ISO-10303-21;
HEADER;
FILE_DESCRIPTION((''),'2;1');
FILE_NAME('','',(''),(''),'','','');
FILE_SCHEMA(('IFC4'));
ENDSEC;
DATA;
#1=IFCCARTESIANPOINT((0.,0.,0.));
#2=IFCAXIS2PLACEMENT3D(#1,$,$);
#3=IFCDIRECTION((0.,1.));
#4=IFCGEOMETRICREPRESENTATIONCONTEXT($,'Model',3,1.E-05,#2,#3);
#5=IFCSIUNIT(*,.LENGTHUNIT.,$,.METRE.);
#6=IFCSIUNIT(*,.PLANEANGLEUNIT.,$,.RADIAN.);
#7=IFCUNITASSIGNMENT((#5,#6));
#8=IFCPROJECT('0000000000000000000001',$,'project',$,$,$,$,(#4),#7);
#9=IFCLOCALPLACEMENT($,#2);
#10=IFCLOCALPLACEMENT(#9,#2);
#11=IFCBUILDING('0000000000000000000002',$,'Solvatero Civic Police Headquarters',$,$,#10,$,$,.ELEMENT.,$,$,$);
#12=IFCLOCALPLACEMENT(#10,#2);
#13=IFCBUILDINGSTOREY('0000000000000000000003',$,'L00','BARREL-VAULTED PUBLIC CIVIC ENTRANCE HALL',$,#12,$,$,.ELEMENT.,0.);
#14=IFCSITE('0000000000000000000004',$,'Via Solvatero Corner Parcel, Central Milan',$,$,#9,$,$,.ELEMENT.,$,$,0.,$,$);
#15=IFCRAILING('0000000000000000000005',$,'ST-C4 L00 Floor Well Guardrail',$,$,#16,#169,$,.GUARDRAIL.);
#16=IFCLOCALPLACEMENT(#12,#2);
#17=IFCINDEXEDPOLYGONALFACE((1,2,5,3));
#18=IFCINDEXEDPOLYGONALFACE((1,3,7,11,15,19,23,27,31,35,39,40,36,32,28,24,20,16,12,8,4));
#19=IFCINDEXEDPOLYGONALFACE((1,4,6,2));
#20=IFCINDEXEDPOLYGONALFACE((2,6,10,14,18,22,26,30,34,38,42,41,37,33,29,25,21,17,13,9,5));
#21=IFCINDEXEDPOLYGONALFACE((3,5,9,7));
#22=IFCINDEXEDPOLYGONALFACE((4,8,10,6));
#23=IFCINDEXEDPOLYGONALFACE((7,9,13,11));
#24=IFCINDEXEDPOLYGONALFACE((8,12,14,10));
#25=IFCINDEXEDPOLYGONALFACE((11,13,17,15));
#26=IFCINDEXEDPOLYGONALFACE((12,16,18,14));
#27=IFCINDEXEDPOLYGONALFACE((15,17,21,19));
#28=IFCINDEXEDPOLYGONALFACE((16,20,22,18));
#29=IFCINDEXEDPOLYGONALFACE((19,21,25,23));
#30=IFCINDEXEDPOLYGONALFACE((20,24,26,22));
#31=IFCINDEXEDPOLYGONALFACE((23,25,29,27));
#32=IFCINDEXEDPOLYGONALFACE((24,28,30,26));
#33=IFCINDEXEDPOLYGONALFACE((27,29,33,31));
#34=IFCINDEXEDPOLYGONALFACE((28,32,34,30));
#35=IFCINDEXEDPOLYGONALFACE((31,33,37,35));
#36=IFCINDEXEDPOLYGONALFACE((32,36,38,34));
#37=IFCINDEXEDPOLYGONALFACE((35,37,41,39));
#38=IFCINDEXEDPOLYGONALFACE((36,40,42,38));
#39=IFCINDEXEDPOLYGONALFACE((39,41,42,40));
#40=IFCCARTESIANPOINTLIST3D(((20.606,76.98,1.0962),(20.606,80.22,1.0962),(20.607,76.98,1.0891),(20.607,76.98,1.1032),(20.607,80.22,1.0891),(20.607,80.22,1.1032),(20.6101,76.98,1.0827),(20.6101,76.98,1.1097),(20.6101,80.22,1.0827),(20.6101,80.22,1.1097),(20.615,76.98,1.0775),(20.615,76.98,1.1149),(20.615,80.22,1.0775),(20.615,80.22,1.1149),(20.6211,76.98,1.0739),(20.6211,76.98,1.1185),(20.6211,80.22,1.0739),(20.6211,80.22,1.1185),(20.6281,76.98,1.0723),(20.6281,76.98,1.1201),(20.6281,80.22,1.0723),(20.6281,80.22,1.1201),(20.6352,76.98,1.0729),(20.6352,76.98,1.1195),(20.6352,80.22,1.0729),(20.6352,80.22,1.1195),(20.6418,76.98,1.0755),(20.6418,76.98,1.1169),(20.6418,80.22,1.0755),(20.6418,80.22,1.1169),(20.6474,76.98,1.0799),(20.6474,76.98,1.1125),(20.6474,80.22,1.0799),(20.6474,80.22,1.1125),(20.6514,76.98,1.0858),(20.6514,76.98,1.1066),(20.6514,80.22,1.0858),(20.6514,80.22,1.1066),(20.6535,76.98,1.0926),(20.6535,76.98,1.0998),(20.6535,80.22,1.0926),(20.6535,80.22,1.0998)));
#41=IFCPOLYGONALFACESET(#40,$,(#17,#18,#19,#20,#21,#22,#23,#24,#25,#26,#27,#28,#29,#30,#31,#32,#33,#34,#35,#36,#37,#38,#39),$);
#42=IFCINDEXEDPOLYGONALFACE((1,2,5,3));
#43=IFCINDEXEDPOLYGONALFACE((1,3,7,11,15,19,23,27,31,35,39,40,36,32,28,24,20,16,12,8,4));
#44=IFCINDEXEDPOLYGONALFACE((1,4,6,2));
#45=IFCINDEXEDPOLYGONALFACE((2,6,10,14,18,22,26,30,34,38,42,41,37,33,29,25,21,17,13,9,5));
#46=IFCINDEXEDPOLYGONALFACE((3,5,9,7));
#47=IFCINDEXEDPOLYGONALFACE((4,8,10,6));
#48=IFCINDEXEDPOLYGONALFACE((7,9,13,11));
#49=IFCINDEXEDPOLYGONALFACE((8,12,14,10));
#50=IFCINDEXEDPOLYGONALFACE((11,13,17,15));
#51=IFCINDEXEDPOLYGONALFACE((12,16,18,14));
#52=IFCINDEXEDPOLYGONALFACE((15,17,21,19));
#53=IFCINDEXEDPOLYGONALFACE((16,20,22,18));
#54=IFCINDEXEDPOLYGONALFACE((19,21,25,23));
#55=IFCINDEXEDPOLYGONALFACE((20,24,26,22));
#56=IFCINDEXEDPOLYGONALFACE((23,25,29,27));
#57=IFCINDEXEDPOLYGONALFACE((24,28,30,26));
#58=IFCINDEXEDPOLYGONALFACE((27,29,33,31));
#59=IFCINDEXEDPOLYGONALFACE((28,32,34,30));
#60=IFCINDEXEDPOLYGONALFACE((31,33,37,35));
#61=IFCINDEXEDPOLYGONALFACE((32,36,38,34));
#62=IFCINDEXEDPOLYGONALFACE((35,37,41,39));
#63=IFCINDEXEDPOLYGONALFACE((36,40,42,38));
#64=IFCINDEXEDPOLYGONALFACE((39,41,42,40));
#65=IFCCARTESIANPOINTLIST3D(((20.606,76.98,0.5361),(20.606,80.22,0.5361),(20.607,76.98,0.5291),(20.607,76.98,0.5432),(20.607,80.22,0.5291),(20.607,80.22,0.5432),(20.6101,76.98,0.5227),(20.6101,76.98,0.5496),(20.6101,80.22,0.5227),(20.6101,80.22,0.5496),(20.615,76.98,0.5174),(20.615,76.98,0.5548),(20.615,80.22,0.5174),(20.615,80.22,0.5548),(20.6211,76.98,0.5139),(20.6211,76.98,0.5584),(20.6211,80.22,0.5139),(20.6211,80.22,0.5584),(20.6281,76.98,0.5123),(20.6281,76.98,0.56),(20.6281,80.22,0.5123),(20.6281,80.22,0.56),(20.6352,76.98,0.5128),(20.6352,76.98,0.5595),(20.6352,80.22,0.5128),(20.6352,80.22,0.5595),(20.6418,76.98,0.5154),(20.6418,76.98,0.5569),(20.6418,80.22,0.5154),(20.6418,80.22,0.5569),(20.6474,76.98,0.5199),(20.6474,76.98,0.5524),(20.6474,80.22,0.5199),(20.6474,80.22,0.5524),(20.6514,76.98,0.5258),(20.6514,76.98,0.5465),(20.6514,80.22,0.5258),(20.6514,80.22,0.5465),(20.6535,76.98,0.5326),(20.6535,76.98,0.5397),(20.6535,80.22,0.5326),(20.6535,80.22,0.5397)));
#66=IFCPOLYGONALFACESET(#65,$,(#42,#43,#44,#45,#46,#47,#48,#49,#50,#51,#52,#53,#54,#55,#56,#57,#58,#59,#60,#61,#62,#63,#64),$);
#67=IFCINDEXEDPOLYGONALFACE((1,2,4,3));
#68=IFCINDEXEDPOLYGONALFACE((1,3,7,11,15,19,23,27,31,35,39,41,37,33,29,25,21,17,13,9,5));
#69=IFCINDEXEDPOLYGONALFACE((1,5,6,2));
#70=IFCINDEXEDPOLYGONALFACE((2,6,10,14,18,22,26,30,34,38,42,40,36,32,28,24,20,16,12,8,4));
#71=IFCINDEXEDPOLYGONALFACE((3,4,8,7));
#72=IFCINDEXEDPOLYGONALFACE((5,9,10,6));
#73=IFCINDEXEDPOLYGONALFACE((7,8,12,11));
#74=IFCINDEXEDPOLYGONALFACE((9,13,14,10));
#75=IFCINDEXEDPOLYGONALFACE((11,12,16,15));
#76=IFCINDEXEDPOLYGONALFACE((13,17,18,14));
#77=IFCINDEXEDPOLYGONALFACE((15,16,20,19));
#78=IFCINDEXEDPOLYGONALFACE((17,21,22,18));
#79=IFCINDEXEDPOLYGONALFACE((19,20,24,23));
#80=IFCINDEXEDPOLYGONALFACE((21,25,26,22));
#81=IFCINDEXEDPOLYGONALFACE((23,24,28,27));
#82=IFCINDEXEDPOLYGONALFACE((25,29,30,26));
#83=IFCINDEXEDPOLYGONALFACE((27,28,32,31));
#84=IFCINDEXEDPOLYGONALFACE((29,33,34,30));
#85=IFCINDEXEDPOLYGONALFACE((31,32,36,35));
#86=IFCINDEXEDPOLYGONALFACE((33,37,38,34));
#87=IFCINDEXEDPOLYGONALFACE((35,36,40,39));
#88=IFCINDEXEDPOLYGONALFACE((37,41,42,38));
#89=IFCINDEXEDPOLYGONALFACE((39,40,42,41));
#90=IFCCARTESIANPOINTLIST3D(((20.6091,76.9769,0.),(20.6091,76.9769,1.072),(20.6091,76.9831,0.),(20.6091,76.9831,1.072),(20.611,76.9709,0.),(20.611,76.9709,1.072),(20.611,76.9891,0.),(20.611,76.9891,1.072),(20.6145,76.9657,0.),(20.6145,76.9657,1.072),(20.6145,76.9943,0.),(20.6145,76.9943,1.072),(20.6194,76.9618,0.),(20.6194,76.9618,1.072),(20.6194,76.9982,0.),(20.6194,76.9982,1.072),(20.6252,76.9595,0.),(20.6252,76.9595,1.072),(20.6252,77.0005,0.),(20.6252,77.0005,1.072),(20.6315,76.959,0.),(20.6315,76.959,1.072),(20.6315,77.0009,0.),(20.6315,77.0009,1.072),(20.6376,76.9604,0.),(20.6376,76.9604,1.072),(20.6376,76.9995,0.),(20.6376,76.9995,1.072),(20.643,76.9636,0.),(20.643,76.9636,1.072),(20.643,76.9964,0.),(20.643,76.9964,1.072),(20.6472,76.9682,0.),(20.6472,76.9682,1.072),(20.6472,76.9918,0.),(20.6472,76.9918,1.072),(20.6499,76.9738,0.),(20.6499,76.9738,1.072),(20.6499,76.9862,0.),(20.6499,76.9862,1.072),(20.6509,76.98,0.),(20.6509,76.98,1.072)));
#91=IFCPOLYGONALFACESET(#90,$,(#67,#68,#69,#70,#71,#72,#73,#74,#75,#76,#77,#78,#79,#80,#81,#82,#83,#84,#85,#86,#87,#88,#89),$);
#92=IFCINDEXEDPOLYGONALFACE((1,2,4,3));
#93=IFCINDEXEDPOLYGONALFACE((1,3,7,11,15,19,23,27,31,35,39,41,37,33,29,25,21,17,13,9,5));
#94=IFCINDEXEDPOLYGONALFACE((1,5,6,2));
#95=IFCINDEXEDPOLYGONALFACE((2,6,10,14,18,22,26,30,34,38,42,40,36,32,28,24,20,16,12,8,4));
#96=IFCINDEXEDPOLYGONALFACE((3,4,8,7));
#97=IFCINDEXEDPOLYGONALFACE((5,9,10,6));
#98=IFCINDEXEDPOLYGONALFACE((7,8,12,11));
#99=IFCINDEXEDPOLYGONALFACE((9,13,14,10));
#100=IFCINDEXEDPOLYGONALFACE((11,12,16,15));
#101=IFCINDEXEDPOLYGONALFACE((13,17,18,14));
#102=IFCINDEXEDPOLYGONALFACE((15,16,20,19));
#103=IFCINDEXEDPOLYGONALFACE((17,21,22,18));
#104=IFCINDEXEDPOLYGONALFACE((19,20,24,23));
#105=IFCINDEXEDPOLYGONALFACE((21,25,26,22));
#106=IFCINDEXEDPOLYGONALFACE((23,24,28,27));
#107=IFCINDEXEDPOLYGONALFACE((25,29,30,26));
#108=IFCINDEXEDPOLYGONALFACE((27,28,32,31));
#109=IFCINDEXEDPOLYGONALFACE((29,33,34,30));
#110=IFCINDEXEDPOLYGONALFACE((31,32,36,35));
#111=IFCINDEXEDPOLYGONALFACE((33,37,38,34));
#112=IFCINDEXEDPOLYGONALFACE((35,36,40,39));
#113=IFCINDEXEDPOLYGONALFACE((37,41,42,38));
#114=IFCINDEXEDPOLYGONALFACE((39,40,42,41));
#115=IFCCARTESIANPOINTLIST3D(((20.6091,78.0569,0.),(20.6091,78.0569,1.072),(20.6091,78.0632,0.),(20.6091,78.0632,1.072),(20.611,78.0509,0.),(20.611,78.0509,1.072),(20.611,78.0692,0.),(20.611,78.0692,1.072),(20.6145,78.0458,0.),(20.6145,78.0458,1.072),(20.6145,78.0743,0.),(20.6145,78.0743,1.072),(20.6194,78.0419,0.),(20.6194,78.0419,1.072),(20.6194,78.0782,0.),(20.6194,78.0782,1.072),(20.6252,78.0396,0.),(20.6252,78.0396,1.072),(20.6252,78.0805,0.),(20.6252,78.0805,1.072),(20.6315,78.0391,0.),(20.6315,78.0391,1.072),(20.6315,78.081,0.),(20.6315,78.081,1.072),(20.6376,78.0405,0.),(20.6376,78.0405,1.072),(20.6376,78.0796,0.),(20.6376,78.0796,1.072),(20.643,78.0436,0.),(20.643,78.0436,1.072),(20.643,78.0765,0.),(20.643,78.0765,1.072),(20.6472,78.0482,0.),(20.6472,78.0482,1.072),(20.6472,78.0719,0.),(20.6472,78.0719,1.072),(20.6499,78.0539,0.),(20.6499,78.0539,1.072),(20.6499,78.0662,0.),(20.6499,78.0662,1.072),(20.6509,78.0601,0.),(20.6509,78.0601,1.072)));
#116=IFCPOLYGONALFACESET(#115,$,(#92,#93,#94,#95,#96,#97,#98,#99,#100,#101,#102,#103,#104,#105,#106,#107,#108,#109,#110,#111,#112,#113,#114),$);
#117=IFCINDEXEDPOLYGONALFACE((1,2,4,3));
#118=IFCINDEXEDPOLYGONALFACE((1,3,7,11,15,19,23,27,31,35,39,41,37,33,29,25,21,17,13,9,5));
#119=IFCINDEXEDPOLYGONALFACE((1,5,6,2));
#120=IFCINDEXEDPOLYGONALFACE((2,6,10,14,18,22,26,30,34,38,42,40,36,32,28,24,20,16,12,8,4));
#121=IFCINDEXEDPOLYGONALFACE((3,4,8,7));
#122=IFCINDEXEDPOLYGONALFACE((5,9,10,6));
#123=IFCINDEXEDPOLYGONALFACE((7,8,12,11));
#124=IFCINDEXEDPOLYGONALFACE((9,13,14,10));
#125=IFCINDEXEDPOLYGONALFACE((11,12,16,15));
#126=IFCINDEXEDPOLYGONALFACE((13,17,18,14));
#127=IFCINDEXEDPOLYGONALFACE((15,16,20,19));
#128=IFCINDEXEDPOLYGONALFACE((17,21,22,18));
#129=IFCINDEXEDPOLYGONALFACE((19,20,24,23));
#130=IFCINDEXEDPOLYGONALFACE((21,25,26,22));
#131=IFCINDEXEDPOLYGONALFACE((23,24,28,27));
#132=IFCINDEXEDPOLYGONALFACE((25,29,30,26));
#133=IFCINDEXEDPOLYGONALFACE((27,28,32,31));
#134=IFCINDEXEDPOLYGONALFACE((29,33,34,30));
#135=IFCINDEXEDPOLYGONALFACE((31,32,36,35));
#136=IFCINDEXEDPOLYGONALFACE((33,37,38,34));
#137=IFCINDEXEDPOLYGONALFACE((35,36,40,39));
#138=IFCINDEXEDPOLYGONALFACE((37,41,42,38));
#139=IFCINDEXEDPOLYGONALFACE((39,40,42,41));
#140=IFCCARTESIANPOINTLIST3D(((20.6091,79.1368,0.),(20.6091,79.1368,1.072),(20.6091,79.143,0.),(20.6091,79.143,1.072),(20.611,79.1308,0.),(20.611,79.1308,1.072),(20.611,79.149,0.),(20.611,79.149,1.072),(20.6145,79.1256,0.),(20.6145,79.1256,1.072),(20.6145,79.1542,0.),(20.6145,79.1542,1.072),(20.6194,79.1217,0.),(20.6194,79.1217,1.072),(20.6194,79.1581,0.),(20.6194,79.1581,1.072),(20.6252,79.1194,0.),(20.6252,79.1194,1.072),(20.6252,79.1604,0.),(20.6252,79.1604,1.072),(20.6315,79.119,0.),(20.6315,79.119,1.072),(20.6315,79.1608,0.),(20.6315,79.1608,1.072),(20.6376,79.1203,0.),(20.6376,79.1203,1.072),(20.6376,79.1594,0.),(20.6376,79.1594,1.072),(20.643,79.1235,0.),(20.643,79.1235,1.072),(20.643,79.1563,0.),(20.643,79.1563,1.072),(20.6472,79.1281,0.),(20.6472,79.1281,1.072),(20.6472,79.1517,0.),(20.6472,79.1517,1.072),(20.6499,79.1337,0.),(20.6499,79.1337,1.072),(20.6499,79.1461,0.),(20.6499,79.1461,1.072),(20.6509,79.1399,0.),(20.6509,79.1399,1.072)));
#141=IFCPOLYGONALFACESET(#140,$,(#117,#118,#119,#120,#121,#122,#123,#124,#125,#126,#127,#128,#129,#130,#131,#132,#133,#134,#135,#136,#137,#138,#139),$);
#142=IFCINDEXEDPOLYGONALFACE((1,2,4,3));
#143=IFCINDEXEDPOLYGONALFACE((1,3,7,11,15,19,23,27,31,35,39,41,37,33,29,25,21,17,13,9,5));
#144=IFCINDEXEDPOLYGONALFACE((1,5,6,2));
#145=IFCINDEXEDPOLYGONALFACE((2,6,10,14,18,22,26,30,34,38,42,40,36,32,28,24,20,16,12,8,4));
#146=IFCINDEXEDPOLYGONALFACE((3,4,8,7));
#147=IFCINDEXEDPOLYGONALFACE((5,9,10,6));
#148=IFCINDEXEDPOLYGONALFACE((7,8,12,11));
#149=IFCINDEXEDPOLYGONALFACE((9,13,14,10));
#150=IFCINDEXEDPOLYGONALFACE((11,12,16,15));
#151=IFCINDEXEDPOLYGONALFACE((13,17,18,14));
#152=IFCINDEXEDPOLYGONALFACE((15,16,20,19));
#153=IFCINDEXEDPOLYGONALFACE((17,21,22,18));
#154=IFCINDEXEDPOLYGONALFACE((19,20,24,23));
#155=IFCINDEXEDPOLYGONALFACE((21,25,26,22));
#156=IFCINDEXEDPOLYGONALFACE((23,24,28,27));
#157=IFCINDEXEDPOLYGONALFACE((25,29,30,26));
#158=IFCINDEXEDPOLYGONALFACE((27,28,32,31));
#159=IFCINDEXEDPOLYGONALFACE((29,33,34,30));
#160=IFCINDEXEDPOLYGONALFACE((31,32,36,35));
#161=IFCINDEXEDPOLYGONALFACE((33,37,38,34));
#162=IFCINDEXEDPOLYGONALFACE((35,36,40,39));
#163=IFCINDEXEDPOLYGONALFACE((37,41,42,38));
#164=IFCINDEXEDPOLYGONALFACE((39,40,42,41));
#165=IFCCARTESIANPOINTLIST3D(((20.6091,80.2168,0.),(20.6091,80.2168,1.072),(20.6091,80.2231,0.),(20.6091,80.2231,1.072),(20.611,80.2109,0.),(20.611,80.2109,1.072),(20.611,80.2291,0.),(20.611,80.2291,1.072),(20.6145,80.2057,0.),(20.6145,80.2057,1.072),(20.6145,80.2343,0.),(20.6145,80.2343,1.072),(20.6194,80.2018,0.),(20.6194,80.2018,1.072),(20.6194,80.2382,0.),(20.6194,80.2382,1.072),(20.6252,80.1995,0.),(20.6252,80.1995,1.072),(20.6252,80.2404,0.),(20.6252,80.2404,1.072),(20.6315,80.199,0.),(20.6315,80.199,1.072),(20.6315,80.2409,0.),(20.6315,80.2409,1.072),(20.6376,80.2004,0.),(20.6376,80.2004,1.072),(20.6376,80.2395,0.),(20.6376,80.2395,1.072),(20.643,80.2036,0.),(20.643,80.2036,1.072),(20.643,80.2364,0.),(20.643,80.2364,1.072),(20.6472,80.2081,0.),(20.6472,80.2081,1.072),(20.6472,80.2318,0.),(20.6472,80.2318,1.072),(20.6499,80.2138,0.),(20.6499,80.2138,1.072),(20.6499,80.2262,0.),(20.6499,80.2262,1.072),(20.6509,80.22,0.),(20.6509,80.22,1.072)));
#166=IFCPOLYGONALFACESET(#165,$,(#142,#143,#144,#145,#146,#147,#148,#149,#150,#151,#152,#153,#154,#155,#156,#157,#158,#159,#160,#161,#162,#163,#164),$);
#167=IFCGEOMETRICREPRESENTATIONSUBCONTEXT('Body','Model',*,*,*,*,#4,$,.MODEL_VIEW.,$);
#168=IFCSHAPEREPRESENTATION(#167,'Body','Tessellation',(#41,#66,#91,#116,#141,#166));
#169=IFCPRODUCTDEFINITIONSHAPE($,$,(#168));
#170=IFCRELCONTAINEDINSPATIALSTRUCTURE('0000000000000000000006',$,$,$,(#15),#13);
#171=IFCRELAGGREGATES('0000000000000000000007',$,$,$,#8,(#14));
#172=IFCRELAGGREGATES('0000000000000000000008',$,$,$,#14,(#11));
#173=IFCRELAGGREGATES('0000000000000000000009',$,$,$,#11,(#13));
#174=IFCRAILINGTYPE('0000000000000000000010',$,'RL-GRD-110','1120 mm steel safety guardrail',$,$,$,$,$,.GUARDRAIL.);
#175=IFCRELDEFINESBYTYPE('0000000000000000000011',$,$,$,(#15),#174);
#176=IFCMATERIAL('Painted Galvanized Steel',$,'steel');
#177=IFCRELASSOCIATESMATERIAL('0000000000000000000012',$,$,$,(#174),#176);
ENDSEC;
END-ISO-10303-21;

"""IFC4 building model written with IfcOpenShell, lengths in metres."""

from ifc_helpers import new_model, si_unit, direction, frame, origin, origin_2d, place, context, subcontext, project, spatial, circle, extrude, material, type_object, element, save


model = new_model("IFC4")

# Units and contexts
model_context = context("Model", 3, precision=1e-05, world=origin(), true_north=direction((0.0, 1.0)))
body_context = subcontext(model_context, "Body", "Model", "MODEL_VIEW")
ifc_project = project(units=[si_unit("LENGTHUNIT", "METRE"), si_unit("PLANEANGLEUNIT", "RADIAN")], contexts=[model_context])

# Site, building, storey
site_placement = place(None, origin())
site = spatial("IfcSite", under=ifc_project, at=site_placement, Name="Via Solvatero Corner Parcel, Central Milan", CompositionType="ELEMENT", RefElevation=0.0)
building_placement = place(site_placement, origin())
building = spatial("IfcBuilding", under=site, at=building_placement, Name="Solvatero Civic Police Headquarters", CompositionType="ELEMENT")
storey_placement = place(building_placement, origin())
storey = spatial("IfcBuildingStorey", under=building, at=storey_placement, Name="L00", Description="BARREL-VAULTED PUBLIC CIVIC ENTRANCE HALL", CompositionType="ELEMENT", Elevation=0.0)

# Railing
ifc_material_1 = material(Name="Painted Galvanized Steel", Category="steel")
railing_type_1 = type_object("IfcRailingType", Name="RL-GRD-110", Description="1120 mm steel safety guardrail", PredefinedType="GUARDRAIL", material=ifc_material_1)
railing_1_placement = place(storey_placement, frame((20.6299, 76.98, 0.0)))
element("IfcRailing", 1, at=railing_1_placement, inside=storey, type_object=railing_type_1, Name="ST-C4 L00 Floor Well Guardrail", PredefinedType="GUARDRAIL", context=body_context, shape_type="SweptSolid", body=[
    extrude(circle(Radius=0.0239, at=origin_2d()), frame((0.0, 0.0, 1.0962), z_axis=(0.0, 1.0, 0.0), x_axis=(-1.0, 0.0, 0.0)), (0.0, 0.0, 1.0), 3.24),
    extrude(circle(Radius=0.0239, at=origin_2d()), frame((0.0, 0.0, 0.5361), z_axis=(0.0, 1.0, 0.0), x_axis=(-1.0, 0.0, 0.0)), (0.0, 0.0, 1.0), 3.24),
    extrude(circle(Radius=0.021, at=origin_2d()), origin(), (0.0, 0.0, 1.0), 1.072),
    extrude(circle(Radius=0.021, at=origin_2d()), frame((0.0, 1.0801, 0.0)), (0.0, 0.0, 1.0), 1.072),
    extrude(circle(Radius=0.021, at=origin_2d()), frame((0.0, 2.1599, 0.0)), (0.0, 0.0, 1.0), 1.072),
    extrude(circle(Radius=0.021, at=origin_2d()), frame((0.0, 3.24, 0.0)), (0.0, 0.0, 1.0), 1.072),
])

save(model, "model.ifc")
